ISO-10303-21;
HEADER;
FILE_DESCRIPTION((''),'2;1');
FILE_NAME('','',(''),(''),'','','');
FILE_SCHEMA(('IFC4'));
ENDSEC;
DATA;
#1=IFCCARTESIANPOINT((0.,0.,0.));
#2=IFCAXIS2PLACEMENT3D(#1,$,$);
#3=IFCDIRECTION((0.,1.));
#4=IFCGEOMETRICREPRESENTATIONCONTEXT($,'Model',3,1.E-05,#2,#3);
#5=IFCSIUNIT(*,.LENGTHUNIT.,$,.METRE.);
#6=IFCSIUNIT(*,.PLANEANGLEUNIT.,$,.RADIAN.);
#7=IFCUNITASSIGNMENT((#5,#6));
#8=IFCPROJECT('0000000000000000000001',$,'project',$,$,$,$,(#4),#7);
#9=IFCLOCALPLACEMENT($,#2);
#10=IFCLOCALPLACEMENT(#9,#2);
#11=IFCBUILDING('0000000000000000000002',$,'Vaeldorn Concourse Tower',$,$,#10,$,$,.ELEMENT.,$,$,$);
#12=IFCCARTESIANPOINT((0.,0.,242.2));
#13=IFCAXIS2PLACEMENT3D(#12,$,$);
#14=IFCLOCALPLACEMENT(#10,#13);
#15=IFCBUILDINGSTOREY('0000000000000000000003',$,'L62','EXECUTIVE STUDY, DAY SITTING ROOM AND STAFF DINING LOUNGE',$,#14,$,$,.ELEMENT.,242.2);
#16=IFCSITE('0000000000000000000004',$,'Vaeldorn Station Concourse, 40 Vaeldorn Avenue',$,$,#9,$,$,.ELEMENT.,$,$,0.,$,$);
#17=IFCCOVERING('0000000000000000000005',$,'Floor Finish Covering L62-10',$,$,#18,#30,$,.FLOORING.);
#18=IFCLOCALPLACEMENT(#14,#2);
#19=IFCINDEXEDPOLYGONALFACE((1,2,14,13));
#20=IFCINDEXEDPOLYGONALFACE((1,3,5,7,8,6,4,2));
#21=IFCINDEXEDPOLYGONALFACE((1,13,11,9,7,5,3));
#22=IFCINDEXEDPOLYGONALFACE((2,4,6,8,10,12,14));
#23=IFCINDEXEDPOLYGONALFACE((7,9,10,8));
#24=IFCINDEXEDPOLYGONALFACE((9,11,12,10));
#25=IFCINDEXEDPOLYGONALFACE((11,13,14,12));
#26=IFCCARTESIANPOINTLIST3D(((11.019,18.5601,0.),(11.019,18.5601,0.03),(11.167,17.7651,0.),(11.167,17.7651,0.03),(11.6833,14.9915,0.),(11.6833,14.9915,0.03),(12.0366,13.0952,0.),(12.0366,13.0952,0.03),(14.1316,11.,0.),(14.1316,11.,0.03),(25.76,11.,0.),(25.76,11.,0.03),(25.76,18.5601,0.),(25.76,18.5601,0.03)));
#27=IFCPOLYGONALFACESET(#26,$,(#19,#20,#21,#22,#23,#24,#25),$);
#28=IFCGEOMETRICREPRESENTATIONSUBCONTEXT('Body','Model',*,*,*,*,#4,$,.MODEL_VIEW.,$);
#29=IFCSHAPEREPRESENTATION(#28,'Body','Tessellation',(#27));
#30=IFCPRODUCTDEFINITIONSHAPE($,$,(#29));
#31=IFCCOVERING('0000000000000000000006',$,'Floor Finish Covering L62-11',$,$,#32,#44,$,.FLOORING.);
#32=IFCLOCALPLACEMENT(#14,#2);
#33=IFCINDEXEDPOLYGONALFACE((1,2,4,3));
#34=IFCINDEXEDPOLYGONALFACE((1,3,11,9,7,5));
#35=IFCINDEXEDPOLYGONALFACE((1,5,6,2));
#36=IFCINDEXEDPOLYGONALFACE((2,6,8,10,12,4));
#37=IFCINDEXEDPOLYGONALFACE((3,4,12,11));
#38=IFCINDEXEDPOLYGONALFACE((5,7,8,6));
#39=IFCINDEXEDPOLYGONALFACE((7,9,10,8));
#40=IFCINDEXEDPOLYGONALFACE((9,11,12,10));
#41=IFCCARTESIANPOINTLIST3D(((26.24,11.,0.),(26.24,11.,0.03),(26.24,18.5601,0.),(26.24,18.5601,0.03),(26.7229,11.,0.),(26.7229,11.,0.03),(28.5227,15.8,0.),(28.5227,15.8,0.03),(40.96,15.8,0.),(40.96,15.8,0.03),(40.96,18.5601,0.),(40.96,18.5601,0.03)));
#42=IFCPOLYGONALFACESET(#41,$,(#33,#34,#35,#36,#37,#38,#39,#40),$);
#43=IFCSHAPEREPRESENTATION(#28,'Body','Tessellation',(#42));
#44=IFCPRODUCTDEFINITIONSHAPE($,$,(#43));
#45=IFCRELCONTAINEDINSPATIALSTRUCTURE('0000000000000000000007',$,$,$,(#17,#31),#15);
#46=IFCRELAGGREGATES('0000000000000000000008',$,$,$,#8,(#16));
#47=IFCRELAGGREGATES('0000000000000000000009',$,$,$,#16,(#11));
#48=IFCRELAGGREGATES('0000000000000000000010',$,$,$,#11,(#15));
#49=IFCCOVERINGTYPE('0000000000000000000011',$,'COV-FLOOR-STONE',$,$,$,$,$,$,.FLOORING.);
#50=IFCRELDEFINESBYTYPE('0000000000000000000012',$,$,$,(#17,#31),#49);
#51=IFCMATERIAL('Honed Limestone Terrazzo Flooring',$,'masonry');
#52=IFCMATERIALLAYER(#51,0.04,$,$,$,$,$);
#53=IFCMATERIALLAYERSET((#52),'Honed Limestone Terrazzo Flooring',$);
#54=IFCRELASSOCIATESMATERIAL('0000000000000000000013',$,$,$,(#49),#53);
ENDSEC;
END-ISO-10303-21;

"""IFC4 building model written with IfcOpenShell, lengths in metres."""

from ifc_helpers import new_model, si_unit, direction, frame, origin, place, context, subcontext, project, spatial, polyline, outline, extrude, material, layer, layer_set, type_object, element, save


model = new_model("IFC4")

# Units and contexts
model_context = context("Model", 3, precision=1e-05, world=origin(), true_north=direction((0.0, 1.0)))
body_context = subcontext(model_context, "Body", "Model", "MODEL_VIEW")
ifc_project = project(units=[si_unit("LENGTHUNIT", "METRE"), si_unit("PLANEANGLEUNIT", "RADIAN")], contexts=[model_context])

# Site, building, storey
site_placement = place(None, origin())
site = spatial("IfcSite", under=ifc_project, at=site_placement, Name="Vaeldorn Station Concourse, 40 Vaeldorn Avenue", CompositionType="ELEMENT", RefElevation=0.0)
building_placement = place(site_placement, origin())
building = spatial("IfcBuilding", under=site, at=building_placement, Name="Vaeldorn Concourse Tower", CompositionType="ELEMENT")
storey_placement = place(building_placement, frame((0.0, 0.0, 242.2)))
storey = spatial("IfcBuildingStorey", under=building, at=storey_placement, Name="L62", Description="EXECUTIVE STUDY, DAY SITTING ROOM AND STAFF DINING LOUNGE", CompositionType="ELEMENT", Elevation=242.2)

# Coverings
ifc_material_1 = material(Name="Honed Limestone Terrazzo Flooring", Category="masonry")
ifc_layer_1 = layer(ifc_material_1, 0.04)
ifc_layer_set_1 = layer_set([ifc_layer_1], Name="Honed Limestone Terrazzo Flooring")
covering_type_1 = type_object("IfcCoveringType", Name="COV-FLOOR-STONE", PredefinedType="FLOORING", material=ifc_layer_set_1)
covering_1_placement = place(storey_placement, origin())
element("IfcCovering", 1, at=covering_1_placement, inside=storey, type_object=covering_type_1, Name="Floor Finish Covering L62-10", PredefinedType="FLOORING", context=body_context, shape_type="SweptSolid", body=[
    extrude(outline(polyline([(25.76, 18.5601), (25.76, 11.0), (14.1316, 11.0), (12.0366, 13.0952), (11.6833, 14.9915), (11.167, 17.7651), (11.019, 18.5601), (25.76, 18.5601)])), origin(), (0.0, 0.0, 1.0), 0.03),
])
covering_2_placement = place(storey_placement, origin())
element("IfcCovering", 2, at=covering_2_placement, inside=storey, type_object=covering_type_1, Name="Floor Finish Covering L62-11", PredefinedType="FLOORING", context=body_context, shape_type="SweptSolid", body=[
    extrude(outline(polyline([(26.7229, 11.0), (26.24, 11.0), (26.24, 18.5601), (40.96, 18.5601), (40.96, 15.8), (28.5227, 15.8), (26.7229, 11.0)])), origin(), (0.0, 0.0, 1.0), 0.03),
])

save(model, "model.ifc")
